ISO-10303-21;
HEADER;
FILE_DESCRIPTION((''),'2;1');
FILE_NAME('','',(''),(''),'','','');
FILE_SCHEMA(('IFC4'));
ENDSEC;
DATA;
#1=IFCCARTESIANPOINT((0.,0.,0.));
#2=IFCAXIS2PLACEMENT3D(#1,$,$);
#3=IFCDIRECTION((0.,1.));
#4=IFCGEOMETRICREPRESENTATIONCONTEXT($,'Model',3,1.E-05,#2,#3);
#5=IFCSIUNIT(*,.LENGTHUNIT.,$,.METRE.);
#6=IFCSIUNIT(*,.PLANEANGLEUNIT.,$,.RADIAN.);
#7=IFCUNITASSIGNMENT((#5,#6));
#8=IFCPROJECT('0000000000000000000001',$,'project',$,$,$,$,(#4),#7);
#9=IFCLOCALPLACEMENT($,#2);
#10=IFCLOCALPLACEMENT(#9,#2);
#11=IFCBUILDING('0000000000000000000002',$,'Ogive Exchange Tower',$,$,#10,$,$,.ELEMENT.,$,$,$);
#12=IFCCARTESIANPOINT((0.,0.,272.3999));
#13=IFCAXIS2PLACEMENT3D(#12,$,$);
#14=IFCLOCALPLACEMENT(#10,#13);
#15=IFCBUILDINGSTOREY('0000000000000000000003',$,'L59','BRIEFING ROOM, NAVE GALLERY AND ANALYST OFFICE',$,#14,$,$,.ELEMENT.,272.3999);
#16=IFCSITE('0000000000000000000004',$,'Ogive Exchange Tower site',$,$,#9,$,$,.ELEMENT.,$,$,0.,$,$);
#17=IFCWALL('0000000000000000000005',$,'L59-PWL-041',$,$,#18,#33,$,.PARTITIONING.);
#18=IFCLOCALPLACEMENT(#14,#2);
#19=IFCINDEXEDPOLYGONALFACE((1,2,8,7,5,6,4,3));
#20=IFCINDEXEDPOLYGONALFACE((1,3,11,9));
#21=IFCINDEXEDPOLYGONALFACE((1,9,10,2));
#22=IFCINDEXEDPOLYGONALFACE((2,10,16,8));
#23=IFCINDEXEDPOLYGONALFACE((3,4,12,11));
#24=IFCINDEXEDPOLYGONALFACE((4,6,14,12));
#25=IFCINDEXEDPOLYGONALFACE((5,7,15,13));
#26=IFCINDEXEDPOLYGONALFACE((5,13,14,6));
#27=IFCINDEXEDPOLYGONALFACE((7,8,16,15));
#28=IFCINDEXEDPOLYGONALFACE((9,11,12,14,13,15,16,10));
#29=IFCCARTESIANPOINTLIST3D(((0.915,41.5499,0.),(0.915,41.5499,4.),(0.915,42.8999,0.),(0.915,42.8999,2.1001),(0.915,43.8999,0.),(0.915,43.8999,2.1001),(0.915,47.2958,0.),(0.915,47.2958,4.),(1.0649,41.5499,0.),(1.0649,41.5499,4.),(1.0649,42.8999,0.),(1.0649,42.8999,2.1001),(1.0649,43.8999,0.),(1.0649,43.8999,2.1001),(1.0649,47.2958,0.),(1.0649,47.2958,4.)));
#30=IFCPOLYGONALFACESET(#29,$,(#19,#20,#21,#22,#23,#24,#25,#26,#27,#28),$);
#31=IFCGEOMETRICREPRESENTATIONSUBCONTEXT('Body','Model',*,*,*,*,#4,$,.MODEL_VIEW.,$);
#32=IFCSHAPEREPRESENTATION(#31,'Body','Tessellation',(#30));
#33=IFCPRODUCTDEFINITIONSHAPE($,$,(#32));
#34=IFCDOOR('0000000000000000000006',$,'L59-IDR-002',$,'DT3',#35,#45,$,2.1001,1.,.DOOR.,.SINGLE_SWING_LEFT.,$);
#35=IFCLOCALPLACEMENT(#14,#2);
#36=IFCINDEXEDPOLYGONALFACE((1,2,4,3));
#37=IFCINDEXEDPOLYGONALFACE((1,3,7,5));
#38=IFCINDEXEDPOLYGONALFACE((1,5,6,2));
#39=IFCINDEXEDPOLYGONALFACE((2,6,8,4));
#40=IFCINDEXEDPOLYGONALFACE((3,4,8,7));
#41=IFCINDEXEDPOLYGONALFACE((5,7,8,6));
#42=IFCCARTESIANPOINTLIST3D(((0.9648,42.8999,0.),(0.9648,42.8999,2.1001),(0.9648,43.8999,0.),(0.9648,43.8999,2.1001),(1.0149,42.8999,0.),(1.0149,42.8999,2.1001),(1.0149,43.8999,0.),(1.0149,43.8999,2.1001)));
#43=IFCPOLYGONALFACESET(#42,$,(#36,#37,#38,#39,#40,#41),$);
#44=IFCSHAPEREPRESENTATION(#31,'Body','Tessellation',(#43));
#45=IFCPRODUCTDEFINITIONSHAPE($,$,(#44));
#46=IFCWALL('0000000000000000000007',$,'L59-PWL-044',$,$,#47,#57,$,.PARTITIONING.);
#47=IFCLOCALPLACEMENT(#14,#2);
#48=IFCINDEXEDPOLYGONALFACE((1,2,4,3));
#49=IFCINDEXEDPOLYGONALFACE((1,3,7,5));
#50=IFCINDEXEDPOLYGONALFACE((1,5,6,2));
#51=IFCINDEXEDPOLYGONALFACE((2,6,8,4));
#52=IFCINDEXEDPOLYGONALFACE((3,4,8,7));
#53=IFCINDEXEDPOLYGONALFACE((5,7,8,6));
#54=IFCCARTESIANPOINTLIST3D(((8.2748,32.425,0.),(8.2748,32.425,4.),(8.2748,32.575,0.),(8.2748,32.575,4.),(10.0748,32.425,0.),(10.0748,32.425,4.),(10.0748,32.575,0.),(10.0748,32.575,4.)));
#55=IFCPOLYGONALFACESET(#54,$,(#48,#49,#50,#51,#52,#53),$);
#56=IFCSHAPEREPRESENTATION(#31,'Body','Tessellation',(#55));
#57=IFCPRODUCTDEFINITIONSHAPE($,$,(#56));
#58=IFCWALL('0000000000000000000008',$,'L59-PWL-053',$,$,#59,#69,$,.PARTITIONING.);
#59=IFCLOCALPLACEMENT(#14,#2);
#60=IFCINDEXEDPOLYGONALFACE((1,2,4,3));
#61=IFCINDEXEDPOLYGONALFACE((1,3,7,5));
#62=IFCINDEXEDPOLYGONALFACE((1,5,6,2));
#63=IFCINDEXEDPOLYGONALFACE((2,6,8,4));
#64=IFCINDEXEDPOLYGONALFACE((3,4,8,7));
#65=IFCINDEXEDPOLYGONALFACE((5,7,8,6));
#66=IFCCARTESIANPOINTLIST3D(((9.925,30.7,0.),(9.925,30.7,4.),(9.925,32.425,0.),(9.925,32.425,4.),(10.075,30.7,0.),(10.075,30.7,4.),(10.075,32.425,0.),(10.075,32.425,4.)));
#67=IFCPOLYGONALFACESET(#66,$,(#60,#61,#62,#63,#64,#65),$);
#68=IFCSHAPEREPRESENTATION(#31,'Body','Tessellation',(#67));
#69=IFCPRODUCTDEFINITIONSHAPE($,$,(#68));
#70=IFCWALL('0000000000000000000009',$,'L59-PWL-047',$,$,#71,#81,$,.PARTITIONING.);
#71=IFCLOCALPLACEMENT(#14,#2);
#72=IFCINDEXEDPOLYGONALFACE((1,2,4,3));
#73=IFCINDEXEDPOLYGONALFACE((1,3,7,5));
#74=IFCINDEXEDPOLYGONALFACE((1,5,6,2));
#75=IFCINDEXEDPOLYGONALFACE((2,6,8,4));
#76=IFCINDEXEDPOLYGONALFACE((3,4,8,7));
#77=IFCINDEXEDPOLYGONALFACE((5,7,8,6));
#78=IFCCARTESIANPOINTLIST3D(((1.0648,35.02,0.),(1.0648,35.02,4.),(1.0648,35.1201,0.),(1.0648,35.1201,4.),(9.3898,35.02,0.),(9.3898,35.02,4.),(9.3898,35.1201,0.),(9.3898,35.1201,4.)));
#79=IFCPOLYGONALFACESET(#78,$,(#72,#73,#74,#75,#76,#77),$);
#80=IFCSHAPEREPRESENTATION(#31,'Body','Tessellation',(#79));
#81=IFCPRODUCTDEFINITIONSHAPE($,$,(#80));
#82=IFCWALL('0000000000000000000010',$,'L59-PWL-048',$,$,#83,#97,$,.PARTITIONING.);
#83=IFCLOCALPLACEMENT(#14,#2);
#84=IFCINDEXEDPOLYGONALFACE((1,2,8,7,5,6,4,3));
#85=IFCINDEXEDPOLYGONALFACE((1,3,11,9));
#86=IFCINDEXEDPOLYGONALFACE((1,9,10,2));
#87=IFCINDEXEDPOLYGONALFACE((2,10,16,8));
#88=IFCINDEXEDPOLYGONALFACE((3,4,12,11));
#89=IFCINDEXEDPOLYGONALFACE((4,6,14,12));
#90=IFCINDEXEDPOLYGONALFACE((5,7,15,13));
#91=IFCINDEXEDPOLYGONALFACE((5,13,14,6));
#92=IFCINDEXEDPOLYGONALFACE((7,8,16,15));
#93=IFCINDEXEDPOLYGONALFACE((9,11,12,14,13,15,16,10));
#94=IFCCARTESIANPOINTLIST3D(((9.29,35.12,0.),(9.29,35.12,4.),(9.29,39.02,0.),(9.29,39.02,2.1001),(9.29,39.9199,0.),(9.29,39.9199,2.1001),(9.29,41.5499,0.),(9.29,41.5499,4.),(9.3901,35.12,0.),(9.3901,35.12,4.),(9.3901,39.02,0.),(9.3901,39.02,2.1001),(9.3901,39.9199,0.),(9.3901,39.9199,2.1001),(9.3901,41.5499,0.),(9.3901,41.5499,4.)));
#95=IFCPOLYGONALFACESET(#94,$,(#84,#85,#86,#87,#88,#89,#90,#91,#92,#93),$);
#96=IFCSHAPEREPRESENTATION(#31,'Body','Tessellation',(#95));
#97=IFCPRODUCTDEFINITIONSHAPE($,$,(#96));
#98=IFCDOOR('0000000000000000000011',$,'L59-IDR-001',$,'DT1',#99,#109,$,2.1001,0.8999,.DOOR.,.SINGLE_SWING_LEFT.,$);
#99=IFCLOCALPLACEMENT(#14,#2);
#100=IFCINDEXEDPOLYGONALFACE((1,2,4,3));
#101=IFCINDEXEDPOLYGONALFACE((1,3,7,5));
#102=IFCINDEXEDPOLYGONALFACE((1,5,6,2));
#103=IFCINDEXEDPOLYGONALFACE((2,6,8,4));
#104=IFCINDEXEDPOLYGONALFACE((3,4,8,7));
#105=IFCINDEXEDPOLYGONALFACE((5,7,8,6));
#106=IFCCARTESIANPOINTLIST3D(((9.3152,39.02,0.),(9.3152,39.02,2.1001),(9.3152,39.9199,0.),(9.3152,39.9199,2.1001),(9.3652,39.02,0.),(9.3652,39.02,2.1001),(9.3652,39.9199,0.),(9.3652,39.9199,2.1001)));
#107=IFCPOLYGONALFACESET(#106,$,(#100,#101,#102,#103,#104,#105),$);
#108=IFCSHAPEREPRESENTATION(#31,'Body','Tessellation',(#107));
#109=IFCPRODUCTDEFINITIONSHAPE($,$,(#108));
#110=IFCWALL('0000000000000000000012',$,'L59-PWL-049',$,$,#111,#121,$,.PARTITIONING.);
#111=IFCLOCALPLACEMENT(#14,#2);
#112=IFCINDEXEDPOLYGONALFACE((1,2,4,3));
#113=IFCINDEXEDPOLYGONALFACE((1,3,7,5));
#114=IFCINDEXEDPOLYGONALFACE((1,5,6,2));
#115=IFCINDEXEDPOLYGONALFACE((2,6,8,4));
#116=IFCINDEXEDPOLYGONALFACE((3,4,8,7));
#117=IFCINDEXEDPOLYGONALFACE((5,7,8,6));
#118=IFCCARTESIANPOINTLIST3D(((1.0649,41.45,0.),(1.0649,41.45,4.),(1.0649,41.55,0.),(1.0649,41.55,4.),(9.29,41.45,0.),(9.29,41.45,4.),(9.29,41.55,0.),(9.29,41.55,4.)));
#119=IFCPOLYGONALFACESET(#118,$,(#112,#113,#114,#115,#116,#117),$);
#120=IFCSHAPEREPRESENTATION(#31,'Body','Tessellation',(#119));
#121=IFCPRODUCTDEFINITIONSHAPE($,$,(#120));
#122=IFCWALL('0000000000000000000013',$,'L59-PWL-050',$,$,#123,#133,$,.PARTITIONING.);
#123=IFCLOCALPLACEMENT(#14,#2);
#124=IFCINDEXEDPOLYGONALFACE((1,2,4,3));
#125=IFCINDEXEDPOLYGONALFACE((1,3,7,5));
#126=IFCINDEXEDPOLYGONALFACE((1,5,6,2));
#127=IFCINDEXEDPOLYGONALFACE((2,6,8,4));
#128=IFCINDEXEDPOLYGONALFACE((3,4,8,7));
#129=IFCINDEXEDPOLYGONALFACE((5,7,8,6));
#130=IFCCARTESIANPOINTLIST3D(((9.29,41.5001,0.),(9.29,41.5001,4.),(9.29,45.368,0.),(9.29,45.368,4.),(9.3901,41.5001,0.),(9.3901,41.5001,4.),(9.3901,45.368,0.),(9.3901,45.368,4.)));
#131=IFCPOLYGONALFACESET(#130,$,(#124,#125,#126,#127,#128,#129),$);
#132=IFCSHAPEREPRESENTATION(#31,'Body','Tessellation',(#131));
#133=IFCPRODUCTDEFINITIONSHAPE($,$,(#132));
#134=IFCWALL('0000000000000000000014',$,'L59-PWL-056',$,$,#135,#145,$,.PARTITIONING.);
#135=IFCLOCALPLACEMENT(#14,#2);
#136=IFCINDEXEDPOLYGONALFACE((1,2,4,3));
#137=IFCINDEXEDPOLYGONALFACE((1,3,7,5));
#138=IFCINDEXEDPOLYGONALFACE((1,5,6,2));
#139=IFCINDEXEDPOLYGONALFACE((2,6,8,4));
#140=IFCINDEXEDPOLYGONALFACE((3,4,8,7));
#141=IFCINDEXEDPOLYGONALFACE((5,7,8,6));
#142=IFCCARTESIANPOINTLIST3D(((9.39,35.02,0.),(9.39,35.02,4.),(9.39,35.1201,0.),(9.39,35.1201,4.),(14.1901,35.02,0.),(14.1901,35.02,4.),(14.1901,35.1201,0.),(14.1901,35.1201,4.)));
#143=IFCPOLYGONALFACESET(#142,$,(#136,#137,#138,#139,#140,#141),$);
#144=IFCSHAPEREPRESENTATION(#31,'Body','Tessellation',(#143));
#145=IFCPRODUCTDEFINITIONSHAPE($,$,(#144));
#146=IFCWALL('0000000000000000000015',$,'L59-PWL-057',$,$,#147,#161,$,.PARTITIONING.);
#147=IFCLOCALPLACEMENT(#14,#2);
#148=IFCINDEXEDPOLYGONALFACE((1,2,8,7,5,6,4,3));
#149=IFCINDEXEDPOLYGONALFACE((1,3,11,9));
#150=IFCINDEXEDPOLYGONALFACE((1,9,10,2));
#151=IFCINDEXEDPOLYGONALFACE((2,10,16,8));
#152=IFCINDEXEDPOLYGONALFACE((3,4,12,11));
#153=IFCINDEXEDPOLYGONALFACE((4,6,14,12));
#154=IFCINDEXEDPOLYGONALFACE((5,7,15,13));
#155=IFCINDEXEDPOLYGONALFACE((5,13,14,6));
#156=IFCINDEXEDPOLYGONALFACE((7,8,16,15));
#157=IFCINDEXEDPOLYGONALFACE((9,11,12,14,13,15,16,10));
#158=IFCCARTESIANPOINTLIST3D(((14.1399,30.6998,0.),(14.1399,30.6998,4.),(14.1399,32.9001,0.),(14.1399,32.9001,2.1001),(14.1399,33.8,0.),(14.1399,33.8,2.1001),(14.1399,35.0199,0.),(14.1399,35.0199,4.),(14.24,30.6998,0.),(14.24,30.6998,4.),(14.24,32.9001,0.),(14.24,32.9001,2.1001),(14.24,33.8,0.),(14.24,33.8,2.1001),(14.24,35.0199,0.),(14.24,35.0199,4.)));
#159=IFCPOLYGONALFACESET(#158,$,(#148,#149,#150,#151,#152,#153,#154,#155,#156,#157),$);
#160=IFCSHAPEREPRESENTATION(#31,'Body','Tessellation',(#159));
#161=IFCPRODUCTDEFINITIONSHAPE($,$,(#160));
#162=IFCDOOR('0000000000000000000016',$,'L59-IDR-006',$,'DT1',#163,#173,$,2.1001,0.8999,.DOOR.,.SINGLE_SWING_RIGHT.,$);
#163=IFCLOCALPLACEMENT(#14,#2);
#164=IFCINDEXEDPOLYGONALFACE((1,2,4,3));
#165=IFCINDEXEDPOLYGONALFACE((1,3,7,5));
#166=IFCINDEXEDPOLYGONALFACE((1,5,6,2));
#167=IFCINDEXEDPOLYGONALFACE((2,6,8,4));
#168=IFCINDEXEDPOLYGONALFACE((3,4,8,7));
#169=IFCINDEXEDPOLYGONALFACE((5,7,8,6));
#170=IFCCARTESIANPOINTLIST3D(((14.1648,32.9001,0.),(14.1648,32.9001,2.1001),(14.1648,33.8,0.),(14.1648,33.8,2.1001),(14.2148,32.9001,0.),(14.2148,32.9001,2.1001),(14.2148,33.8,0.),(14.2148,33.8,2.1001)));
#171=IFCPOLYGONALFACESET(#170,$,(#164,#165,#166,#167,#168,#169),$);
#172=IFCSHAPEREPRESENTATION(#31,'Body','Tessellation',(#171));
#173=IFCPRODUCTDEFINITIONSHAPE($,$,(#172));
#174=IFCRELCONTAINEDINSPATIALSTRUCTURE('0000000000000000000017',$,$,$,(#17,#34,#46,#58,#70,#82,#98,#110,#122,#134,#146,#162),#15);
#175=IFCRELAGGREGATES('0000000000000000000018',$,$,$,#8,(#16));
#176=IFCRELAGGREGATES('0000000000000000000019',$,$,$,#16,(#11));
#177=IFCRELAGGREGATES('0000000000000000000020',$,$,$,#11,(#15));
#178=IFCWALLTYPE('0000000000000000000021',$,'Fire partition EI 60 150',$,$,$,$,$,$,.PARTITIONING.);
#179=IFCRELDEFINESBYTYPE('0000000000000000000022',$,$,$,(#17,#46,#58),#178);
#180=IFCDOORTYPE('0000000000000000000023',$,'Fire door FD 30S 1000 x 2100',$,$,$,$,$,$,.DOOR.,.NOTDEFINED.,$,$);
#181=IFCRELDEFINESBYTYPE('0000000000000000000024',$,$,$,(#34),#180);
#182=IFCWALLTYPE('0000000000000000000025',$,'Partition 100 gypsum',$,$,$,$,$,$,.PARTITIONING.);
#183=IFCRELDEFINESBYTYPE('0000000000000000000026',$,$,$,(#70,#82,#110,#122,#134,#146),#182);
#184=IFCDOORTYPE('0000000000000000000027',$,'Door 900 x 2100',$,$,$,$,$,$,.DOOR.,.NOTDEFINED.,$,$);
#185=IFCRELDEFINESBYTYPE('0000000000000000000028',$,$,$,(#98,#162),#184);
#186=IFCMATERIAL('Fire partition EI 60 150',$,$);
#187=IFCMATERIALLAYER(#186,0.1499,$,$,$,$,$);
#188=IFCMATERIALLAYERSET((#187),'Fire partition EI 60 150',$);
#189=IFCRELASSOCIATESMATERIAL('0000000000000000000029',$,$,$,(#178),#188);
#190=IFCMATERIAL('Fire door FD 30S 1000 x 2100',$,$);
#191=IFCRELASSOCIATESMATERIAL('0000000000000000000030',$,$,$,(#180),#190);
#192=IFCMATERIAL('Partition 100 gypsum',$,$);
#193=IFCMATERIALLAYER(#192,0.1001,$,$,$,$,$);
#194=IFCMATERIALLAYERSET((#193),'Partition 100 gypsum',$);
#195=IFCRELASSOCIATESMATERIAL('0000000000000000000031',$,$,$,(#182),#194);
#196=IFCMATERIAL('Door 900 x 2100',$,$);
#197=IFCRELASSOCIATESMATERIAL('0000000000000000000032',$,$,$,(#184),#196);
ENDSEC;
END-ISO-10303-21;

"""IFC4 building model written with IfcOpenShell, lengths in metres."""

from ifc_helpers import new_model, si_unit, direction, frame, frame_2d, origin, place, context, subcontext, project, spatial, rectangle, extrude, material, layer, layer_set, type_object, element, fill, save


model = new_model("IFC4")

# Units and contexts
model_context = context("Model", 3, precision=1e-05, world=origin(), true_north=direction((0.0, 1.0)))
body_context = subcontext(model_context, "Body", "Model", "MODEL_VIEW")
ifc_project = project(units=[si_unit("LENGTHUNIT", "METRE"), si_unit("PLANEANGLEUNIT", "RADIAN")], contexts=[model_context])

# Site, building, storey
site_placement = place(None, origin())
site = spatial("IfcSite", under=ifc_project, at=site_placement, Name="Ogive Exchange Tower site", CompositionType="ELEMENT", RefElevation=0.0)
building_placement = place(site_placement, origin())
building = spatial("IfcBuilding", under=site, at=building_placement, Name="Ogive Exchange Tower", CompositionType="ELEMENT")
storey_placement = place(building_placement, frame((0.0, 0.0, 272.3999)))
storey = spatial("IfcBuildingStorey", under=building, at=storey_placement, Name="L59", Description="BRIEFING ROOM, NAVE GALLERY AND ANALYST OFFICE", CompositionType="ELEMENT", Elevation=272.3999)

# Wall, opening, door
ifc_material_1 = material(Name="Fire partition EI 60 150")
ifc_layer_1 = layer(ifc_material_1, 0.1499)
ifc_layer_set_1 = layer_set([ifc_layer_1], Name="Fire partition EI 60 150")
wall_type_1 = type_object("IfcWallType", Name="Fire partition EI 60 150", PredefinedType="PARTITIONING", material=ifc_layer_set_1)
ifc_material_2 = material(Name="Fire door FD 30S 1000 x 2100")
door_type_1 = type_object("IfcDoorType", Name="Fire door FD 30S 1000 x 2100", OperationType="NOTDEFINED", PredefinedType="DOOR", material=ifc_material_2)
wall_1_placement = place(storey_placement, frame((0.99, 47.2959, 0.0), z_axis=(0.0, 0.0, 1.0), x_axis=(0.0, -1.0, 0.0)))
wall_1 = element("IfcWall", 1, at=wall_1_placement, inside=storey, type_object=wall_type_1, Name="L59-PWL-041", PredefinedType="PARTITIONING", context=body_context, shape_type="SweptSolid", body=[
    extrude(rectangle(XDim=5.7458, YDim=0.1499, at=frame_2d((2.873, 0.0))), origin(), (0.0, 0.0, 1.0), 4.0),
])
opening_1_placement = place(wall_1_placement, frame((3.396, 0.0, 0.0)))
opening_1 = element("IfcOpeningElement", 2, at=opening_1_placement, cuts=wall_1, PredefinedType="OPENING", context=body_context, shape_type="SweptSolid", body=[
    extrude(rectangle(XDim=1.0, YDim=2.1001, at=frame_2d((0.5, 1.05))), frame((0.0, 0.085, 0.0), z_axis=(0.0, -1.0, 0.0), x_axis=(1.0, 0.0, 0.0)), (0.0, 0.0, 1.0), 0.1699),
])
door_1_placement = place(opening_1_placement, origin())
door_1 = element("IfcDoor", 3, at=door_1_placement, inside=storey, type_object=door_type_1, Name="L59-IDR-002", ObjectType="DT3", OperationType="SINGLE_SWING_LEFT", OverallHeight=2.1001, OverallWidth=1.0, PredefinedType="DOOR", context=body_context, shape_type="SweptSolid", body=[
    extrude(rectangle(XDim=1.0, YDim=2.1001, at=frame_2d((0.5, 1.05))), frame((0.0, 0.0249, 0.0), z_axis=(0.0, -1.0, 0.0), x_axis=(1.0, 0.0, 0.0)), (0.0, 0.0, 1.0), 0.05),
])
fill(opening_1, door_1)

# Walls
wall_2_placement = place(storey_placement, frame((8.2749, 32.5, 0.0), z_axis=(0.0, 0.0, 1.0), x_axis=(1.0, 0.0, 0.0)))
element("IfcWall", 4, at=wall_2_placement, inside=storey, type_object=wall_type_1, Name="L59-PWL-044", PredefinedType="PARTITIONING", context=body_context, shape_type="SweptSolid", body=[
    extrude(rectangle(XDim=1.8, YDim=0.1499, at=frame_2d((0.8999, 0.0))), origin(), (0.0, 0.0, 1.0), 4.0),
])
wall_3_placement = place(storey_placement, frame((10.0, 32.425, 0.0), z_axis=(0.0, 0.0, 1.0), x_axis=(0.0, -1.0, 0.0)))
element("IfcWall", 5, at=wall_3_placement, inside=storey, type_object=wall_type_1, Name="L59-PWL-053", PredefinedType="PARTITIONING", context=body_context, shape_type="SweptSolid", body=[
    extrude(rectangle(XDim=1.7251, YDim=0.1499, at=frame_2d((0.8625, 0.0))), origin(), (0.0, 0.0, 1.0), 4.0),
])
ifc_material_3 = material(Name="Partition 100 gypsum")
ifc_layer_2 = layer(ifc_material_3, 0.1001)
ifc_layer_set_2 = layer_set([ifc_layer_2], Name="Partition 100 gypsum")
wall_type_2 = type_object("IfcWallType", Name="Partition 100 gypsum", PredefinedType="PARTITIONING", material=ifc_layer_set_2)
wall_4_placement = place(storey_placement, frame((9.3899, 35.0701, 0.0), z_axis=(0.0, 0.0, 1.0), x_axis=(-1.0, 0.0, 0.0)))
element("IfcWall", 6, at=wall_4_placement, inside=storey, type_object=wall_type_2, Name="L59-PWL-047", PredefinedType="PARTITIONING", context=body_context, shape_type="SweptSolid", body=[
    extrude(rectangle(XDim=8.325, YDim=0.1001, at=frame_2d((4.1626, 0.0))), origin(), (0.0, 0.0, 1.0), 4.0),
])

# Wall, opening, door
wall_5_placement = place(storey_placement, frame((9.3401, 35.1201, 0.0), z_axis=(0.0, 0.0, 1.0), x_axis=(0.0, 1.0, 0.0)))
wall_5 = element("IfcWall", 7, at=wall_5_placement, inside=storey, type_object=wall_type_2, Name="L59-PWL-048", PredefinedType="PARTITIONING", context=body_context, shape_type="SweptSolid", body=[
    extrude(rectangle(XDim=6.4299, YDim=0.1001, at=frame_2d((3.2148, 0.0))), origin(), (0.0, 0.0, 1.0), 4.0),
])
opening_2_placement = place(wall_5_placement, frame((3.8999, 0.0, 0.0)))
opening_2 = element("IfcOpeningElement", 8, at=opening_2_placement, cuts=wall_5, PredefinedType="OPENING", context=body_context, shape_type="SweptSolid", body=[
    extrude(rectangle(XDim=0.8999, YDim=2.1001, at=frame_2d((0.45, 1.05))), frame((0.0, 0.0601, 0.0), z_axis=(0.0, -1.0, 0.0), x_axis=(1.0, 0.0, 0.0)), (0.0, 0.0, 1.0), 0.1201),
])
ifc_material_4 = material(Name="Door 900 x 2100")
door_type_2 = type_object("IfcDoorType", Name="Door 900 x 2100", OperationType="NOTDEFINED", PredefinedType="DOOR", material=ifc_material_4)
door_2_placement = place(opening_2_placement, origin())
door_2 = element("IfcDoor", 9, at=door_2_placement, inside=storey, type_object=door_type_2, Name="L59-IDR-001", ObjectType="DT1", OperationType="SINGLE_SWING_LEFT", OverallHeight=2.1001, OverallWidth=0.8999, PredefinedType="DOOR", context=body_context, shape_type="SweptSolid", body=[
    extrude(rectangle(XDim=0.8999, YDim=2.1001, at=frame_2d((0.45, 1.05))), frame((0.0, 0.0249, 0.0), z_axis=(0.0, -1.0, 0.0), x_axis=(1.0, 0.0, 0.0)), (0.0, 0.0, 1.0), 0.05),
])
fill(opening_2, door_2)

# Walls
wall_6_placement = place(storey_placement, frame((9.29, 41.5, 0.0), z_axis=(0.0, 0.0, 1.0), x_axis=(-1.0, 0.0, 0.0)))
element("IfcWall", 10, at=wall_6_placement, inside=storey, type_object=wall_type_2, Name="L59-PWL-049", PredefinedType="PARTITIONING", context=body_context, shape_type="SweptSolid", body=[
    extrude(rectangle(XDim=8.2251, YDim=0.1001, at=frame_2d((4.1125, 0.0))), origin(), (0.0, 0.0, 1.0), 4.0),
])
wall_7_placement = place(storey_placement, frame((9.3401, 41.5, 0.0), z_axis=(0.0, 0.0, 1.0), x_axis=(0.0, 1.0, 0.0)))
element("IfcWall", 11, at=wall_7_placement, inside=storey, type_object=wall_type_2, Name="L59-PWL-050", PredefinedType="PARTITIONING", context=body_context, shape_type="SweptSolid", body=[
    extrude(rectangle(XDim=3.8679, YDim=0.1001, at=frame_2d((1.9341, 0.0))), origin(), (0.0, 0.0, 1.0), 4.0),
])
wall_8_placement = place(storey_placement, frame((14.1899, 35.0701, 0.0), z_axis=(0.0, 0.0, 1.0), x_axis=(-1.0, 0.0, 0.0)))
element("IfcWall", 12, at=wall_8_placement, inside=storey, type_object=wall_type_2, Name="L59-PWL-056", PredefinedType="PARTITIONING", context=body_context, shape_type="SweptSolid", body=[
    extrude(rectangle(XDim=4.8, YDim=0.1001, at=frame_2d((2.3999, 0.0))), origin(), (0.0, 0.0, 1.0), 4.0),
])

# Wall, opening, door
wall_9_placement = place(storey_placement, frame((14.1899, 35.02, 0.0), z_axis=(0.0, 0.0, 1.0), x_axis=(0.0, -1.0, 0.0)))
wall_9 = element("IfcWall", 13, at=wall_9_placement, inside=storey, type_object=wall_type_2, Name="L59-PWL-057", PredefinedType="PARTITIONING", context=body_context, shape_type="SweptSolid", body=[
    extrude(rectangle(XDim=4.3201, YDim=0.1001, at=frame_2d((2.1602, 0.0))), origin(), (0.0, 0.0, 1.0), 4.0),
])
opening_3_placement = place(wall_9_placement, frame((1.22, 0.0, 0.0)))
opening_3 = element("IfcOpeningElement", 14, at=opening_3_placement, cuts=wall_9, PredefinedType="OPENING", context=body_context, shape_type="SweptSolid", body=[
    extrude(rectangle(XDim=0.8999, YDim=2.1001, at=frame_2d((0.45, 1.05))), frame((0.0, 0.0601, 0.0), z_axis=(0.0, -1.0, 0.0), x_axis=(1.0, 0.0, 0.0)), (0.0, 0.0, 1.0), 0.1201),
])
door_3_placement = place(opening_3_placement, origin())
door_3 = element("IfcDoor", 15, at=door_3_placement, inside=storey, type_object=door_type_2, Name="L59-IDR-006", ObjectType="DT1", OperationType="SINGLE_SWING_RIGHT", OverallHeight=2.1001, OverallWidth=0.8999, PredefinedType="DOOR", context=body_context, shape_type="SweptSolid", body=[
    extrude(rectangle(XDim=0.8999, YDim=2.1001, at=frame_2d((0.45, 1.05))), frame((0.0, 0.0249, 0.0), z_axis=(0.0, -1.0, 0.0), x_axis=(1.0, 0.0, 0.0)), (0.0, 0.0, 1.0), 0.05),
])
fill(opening_3, door_3)

save(model, "model.ifc")
